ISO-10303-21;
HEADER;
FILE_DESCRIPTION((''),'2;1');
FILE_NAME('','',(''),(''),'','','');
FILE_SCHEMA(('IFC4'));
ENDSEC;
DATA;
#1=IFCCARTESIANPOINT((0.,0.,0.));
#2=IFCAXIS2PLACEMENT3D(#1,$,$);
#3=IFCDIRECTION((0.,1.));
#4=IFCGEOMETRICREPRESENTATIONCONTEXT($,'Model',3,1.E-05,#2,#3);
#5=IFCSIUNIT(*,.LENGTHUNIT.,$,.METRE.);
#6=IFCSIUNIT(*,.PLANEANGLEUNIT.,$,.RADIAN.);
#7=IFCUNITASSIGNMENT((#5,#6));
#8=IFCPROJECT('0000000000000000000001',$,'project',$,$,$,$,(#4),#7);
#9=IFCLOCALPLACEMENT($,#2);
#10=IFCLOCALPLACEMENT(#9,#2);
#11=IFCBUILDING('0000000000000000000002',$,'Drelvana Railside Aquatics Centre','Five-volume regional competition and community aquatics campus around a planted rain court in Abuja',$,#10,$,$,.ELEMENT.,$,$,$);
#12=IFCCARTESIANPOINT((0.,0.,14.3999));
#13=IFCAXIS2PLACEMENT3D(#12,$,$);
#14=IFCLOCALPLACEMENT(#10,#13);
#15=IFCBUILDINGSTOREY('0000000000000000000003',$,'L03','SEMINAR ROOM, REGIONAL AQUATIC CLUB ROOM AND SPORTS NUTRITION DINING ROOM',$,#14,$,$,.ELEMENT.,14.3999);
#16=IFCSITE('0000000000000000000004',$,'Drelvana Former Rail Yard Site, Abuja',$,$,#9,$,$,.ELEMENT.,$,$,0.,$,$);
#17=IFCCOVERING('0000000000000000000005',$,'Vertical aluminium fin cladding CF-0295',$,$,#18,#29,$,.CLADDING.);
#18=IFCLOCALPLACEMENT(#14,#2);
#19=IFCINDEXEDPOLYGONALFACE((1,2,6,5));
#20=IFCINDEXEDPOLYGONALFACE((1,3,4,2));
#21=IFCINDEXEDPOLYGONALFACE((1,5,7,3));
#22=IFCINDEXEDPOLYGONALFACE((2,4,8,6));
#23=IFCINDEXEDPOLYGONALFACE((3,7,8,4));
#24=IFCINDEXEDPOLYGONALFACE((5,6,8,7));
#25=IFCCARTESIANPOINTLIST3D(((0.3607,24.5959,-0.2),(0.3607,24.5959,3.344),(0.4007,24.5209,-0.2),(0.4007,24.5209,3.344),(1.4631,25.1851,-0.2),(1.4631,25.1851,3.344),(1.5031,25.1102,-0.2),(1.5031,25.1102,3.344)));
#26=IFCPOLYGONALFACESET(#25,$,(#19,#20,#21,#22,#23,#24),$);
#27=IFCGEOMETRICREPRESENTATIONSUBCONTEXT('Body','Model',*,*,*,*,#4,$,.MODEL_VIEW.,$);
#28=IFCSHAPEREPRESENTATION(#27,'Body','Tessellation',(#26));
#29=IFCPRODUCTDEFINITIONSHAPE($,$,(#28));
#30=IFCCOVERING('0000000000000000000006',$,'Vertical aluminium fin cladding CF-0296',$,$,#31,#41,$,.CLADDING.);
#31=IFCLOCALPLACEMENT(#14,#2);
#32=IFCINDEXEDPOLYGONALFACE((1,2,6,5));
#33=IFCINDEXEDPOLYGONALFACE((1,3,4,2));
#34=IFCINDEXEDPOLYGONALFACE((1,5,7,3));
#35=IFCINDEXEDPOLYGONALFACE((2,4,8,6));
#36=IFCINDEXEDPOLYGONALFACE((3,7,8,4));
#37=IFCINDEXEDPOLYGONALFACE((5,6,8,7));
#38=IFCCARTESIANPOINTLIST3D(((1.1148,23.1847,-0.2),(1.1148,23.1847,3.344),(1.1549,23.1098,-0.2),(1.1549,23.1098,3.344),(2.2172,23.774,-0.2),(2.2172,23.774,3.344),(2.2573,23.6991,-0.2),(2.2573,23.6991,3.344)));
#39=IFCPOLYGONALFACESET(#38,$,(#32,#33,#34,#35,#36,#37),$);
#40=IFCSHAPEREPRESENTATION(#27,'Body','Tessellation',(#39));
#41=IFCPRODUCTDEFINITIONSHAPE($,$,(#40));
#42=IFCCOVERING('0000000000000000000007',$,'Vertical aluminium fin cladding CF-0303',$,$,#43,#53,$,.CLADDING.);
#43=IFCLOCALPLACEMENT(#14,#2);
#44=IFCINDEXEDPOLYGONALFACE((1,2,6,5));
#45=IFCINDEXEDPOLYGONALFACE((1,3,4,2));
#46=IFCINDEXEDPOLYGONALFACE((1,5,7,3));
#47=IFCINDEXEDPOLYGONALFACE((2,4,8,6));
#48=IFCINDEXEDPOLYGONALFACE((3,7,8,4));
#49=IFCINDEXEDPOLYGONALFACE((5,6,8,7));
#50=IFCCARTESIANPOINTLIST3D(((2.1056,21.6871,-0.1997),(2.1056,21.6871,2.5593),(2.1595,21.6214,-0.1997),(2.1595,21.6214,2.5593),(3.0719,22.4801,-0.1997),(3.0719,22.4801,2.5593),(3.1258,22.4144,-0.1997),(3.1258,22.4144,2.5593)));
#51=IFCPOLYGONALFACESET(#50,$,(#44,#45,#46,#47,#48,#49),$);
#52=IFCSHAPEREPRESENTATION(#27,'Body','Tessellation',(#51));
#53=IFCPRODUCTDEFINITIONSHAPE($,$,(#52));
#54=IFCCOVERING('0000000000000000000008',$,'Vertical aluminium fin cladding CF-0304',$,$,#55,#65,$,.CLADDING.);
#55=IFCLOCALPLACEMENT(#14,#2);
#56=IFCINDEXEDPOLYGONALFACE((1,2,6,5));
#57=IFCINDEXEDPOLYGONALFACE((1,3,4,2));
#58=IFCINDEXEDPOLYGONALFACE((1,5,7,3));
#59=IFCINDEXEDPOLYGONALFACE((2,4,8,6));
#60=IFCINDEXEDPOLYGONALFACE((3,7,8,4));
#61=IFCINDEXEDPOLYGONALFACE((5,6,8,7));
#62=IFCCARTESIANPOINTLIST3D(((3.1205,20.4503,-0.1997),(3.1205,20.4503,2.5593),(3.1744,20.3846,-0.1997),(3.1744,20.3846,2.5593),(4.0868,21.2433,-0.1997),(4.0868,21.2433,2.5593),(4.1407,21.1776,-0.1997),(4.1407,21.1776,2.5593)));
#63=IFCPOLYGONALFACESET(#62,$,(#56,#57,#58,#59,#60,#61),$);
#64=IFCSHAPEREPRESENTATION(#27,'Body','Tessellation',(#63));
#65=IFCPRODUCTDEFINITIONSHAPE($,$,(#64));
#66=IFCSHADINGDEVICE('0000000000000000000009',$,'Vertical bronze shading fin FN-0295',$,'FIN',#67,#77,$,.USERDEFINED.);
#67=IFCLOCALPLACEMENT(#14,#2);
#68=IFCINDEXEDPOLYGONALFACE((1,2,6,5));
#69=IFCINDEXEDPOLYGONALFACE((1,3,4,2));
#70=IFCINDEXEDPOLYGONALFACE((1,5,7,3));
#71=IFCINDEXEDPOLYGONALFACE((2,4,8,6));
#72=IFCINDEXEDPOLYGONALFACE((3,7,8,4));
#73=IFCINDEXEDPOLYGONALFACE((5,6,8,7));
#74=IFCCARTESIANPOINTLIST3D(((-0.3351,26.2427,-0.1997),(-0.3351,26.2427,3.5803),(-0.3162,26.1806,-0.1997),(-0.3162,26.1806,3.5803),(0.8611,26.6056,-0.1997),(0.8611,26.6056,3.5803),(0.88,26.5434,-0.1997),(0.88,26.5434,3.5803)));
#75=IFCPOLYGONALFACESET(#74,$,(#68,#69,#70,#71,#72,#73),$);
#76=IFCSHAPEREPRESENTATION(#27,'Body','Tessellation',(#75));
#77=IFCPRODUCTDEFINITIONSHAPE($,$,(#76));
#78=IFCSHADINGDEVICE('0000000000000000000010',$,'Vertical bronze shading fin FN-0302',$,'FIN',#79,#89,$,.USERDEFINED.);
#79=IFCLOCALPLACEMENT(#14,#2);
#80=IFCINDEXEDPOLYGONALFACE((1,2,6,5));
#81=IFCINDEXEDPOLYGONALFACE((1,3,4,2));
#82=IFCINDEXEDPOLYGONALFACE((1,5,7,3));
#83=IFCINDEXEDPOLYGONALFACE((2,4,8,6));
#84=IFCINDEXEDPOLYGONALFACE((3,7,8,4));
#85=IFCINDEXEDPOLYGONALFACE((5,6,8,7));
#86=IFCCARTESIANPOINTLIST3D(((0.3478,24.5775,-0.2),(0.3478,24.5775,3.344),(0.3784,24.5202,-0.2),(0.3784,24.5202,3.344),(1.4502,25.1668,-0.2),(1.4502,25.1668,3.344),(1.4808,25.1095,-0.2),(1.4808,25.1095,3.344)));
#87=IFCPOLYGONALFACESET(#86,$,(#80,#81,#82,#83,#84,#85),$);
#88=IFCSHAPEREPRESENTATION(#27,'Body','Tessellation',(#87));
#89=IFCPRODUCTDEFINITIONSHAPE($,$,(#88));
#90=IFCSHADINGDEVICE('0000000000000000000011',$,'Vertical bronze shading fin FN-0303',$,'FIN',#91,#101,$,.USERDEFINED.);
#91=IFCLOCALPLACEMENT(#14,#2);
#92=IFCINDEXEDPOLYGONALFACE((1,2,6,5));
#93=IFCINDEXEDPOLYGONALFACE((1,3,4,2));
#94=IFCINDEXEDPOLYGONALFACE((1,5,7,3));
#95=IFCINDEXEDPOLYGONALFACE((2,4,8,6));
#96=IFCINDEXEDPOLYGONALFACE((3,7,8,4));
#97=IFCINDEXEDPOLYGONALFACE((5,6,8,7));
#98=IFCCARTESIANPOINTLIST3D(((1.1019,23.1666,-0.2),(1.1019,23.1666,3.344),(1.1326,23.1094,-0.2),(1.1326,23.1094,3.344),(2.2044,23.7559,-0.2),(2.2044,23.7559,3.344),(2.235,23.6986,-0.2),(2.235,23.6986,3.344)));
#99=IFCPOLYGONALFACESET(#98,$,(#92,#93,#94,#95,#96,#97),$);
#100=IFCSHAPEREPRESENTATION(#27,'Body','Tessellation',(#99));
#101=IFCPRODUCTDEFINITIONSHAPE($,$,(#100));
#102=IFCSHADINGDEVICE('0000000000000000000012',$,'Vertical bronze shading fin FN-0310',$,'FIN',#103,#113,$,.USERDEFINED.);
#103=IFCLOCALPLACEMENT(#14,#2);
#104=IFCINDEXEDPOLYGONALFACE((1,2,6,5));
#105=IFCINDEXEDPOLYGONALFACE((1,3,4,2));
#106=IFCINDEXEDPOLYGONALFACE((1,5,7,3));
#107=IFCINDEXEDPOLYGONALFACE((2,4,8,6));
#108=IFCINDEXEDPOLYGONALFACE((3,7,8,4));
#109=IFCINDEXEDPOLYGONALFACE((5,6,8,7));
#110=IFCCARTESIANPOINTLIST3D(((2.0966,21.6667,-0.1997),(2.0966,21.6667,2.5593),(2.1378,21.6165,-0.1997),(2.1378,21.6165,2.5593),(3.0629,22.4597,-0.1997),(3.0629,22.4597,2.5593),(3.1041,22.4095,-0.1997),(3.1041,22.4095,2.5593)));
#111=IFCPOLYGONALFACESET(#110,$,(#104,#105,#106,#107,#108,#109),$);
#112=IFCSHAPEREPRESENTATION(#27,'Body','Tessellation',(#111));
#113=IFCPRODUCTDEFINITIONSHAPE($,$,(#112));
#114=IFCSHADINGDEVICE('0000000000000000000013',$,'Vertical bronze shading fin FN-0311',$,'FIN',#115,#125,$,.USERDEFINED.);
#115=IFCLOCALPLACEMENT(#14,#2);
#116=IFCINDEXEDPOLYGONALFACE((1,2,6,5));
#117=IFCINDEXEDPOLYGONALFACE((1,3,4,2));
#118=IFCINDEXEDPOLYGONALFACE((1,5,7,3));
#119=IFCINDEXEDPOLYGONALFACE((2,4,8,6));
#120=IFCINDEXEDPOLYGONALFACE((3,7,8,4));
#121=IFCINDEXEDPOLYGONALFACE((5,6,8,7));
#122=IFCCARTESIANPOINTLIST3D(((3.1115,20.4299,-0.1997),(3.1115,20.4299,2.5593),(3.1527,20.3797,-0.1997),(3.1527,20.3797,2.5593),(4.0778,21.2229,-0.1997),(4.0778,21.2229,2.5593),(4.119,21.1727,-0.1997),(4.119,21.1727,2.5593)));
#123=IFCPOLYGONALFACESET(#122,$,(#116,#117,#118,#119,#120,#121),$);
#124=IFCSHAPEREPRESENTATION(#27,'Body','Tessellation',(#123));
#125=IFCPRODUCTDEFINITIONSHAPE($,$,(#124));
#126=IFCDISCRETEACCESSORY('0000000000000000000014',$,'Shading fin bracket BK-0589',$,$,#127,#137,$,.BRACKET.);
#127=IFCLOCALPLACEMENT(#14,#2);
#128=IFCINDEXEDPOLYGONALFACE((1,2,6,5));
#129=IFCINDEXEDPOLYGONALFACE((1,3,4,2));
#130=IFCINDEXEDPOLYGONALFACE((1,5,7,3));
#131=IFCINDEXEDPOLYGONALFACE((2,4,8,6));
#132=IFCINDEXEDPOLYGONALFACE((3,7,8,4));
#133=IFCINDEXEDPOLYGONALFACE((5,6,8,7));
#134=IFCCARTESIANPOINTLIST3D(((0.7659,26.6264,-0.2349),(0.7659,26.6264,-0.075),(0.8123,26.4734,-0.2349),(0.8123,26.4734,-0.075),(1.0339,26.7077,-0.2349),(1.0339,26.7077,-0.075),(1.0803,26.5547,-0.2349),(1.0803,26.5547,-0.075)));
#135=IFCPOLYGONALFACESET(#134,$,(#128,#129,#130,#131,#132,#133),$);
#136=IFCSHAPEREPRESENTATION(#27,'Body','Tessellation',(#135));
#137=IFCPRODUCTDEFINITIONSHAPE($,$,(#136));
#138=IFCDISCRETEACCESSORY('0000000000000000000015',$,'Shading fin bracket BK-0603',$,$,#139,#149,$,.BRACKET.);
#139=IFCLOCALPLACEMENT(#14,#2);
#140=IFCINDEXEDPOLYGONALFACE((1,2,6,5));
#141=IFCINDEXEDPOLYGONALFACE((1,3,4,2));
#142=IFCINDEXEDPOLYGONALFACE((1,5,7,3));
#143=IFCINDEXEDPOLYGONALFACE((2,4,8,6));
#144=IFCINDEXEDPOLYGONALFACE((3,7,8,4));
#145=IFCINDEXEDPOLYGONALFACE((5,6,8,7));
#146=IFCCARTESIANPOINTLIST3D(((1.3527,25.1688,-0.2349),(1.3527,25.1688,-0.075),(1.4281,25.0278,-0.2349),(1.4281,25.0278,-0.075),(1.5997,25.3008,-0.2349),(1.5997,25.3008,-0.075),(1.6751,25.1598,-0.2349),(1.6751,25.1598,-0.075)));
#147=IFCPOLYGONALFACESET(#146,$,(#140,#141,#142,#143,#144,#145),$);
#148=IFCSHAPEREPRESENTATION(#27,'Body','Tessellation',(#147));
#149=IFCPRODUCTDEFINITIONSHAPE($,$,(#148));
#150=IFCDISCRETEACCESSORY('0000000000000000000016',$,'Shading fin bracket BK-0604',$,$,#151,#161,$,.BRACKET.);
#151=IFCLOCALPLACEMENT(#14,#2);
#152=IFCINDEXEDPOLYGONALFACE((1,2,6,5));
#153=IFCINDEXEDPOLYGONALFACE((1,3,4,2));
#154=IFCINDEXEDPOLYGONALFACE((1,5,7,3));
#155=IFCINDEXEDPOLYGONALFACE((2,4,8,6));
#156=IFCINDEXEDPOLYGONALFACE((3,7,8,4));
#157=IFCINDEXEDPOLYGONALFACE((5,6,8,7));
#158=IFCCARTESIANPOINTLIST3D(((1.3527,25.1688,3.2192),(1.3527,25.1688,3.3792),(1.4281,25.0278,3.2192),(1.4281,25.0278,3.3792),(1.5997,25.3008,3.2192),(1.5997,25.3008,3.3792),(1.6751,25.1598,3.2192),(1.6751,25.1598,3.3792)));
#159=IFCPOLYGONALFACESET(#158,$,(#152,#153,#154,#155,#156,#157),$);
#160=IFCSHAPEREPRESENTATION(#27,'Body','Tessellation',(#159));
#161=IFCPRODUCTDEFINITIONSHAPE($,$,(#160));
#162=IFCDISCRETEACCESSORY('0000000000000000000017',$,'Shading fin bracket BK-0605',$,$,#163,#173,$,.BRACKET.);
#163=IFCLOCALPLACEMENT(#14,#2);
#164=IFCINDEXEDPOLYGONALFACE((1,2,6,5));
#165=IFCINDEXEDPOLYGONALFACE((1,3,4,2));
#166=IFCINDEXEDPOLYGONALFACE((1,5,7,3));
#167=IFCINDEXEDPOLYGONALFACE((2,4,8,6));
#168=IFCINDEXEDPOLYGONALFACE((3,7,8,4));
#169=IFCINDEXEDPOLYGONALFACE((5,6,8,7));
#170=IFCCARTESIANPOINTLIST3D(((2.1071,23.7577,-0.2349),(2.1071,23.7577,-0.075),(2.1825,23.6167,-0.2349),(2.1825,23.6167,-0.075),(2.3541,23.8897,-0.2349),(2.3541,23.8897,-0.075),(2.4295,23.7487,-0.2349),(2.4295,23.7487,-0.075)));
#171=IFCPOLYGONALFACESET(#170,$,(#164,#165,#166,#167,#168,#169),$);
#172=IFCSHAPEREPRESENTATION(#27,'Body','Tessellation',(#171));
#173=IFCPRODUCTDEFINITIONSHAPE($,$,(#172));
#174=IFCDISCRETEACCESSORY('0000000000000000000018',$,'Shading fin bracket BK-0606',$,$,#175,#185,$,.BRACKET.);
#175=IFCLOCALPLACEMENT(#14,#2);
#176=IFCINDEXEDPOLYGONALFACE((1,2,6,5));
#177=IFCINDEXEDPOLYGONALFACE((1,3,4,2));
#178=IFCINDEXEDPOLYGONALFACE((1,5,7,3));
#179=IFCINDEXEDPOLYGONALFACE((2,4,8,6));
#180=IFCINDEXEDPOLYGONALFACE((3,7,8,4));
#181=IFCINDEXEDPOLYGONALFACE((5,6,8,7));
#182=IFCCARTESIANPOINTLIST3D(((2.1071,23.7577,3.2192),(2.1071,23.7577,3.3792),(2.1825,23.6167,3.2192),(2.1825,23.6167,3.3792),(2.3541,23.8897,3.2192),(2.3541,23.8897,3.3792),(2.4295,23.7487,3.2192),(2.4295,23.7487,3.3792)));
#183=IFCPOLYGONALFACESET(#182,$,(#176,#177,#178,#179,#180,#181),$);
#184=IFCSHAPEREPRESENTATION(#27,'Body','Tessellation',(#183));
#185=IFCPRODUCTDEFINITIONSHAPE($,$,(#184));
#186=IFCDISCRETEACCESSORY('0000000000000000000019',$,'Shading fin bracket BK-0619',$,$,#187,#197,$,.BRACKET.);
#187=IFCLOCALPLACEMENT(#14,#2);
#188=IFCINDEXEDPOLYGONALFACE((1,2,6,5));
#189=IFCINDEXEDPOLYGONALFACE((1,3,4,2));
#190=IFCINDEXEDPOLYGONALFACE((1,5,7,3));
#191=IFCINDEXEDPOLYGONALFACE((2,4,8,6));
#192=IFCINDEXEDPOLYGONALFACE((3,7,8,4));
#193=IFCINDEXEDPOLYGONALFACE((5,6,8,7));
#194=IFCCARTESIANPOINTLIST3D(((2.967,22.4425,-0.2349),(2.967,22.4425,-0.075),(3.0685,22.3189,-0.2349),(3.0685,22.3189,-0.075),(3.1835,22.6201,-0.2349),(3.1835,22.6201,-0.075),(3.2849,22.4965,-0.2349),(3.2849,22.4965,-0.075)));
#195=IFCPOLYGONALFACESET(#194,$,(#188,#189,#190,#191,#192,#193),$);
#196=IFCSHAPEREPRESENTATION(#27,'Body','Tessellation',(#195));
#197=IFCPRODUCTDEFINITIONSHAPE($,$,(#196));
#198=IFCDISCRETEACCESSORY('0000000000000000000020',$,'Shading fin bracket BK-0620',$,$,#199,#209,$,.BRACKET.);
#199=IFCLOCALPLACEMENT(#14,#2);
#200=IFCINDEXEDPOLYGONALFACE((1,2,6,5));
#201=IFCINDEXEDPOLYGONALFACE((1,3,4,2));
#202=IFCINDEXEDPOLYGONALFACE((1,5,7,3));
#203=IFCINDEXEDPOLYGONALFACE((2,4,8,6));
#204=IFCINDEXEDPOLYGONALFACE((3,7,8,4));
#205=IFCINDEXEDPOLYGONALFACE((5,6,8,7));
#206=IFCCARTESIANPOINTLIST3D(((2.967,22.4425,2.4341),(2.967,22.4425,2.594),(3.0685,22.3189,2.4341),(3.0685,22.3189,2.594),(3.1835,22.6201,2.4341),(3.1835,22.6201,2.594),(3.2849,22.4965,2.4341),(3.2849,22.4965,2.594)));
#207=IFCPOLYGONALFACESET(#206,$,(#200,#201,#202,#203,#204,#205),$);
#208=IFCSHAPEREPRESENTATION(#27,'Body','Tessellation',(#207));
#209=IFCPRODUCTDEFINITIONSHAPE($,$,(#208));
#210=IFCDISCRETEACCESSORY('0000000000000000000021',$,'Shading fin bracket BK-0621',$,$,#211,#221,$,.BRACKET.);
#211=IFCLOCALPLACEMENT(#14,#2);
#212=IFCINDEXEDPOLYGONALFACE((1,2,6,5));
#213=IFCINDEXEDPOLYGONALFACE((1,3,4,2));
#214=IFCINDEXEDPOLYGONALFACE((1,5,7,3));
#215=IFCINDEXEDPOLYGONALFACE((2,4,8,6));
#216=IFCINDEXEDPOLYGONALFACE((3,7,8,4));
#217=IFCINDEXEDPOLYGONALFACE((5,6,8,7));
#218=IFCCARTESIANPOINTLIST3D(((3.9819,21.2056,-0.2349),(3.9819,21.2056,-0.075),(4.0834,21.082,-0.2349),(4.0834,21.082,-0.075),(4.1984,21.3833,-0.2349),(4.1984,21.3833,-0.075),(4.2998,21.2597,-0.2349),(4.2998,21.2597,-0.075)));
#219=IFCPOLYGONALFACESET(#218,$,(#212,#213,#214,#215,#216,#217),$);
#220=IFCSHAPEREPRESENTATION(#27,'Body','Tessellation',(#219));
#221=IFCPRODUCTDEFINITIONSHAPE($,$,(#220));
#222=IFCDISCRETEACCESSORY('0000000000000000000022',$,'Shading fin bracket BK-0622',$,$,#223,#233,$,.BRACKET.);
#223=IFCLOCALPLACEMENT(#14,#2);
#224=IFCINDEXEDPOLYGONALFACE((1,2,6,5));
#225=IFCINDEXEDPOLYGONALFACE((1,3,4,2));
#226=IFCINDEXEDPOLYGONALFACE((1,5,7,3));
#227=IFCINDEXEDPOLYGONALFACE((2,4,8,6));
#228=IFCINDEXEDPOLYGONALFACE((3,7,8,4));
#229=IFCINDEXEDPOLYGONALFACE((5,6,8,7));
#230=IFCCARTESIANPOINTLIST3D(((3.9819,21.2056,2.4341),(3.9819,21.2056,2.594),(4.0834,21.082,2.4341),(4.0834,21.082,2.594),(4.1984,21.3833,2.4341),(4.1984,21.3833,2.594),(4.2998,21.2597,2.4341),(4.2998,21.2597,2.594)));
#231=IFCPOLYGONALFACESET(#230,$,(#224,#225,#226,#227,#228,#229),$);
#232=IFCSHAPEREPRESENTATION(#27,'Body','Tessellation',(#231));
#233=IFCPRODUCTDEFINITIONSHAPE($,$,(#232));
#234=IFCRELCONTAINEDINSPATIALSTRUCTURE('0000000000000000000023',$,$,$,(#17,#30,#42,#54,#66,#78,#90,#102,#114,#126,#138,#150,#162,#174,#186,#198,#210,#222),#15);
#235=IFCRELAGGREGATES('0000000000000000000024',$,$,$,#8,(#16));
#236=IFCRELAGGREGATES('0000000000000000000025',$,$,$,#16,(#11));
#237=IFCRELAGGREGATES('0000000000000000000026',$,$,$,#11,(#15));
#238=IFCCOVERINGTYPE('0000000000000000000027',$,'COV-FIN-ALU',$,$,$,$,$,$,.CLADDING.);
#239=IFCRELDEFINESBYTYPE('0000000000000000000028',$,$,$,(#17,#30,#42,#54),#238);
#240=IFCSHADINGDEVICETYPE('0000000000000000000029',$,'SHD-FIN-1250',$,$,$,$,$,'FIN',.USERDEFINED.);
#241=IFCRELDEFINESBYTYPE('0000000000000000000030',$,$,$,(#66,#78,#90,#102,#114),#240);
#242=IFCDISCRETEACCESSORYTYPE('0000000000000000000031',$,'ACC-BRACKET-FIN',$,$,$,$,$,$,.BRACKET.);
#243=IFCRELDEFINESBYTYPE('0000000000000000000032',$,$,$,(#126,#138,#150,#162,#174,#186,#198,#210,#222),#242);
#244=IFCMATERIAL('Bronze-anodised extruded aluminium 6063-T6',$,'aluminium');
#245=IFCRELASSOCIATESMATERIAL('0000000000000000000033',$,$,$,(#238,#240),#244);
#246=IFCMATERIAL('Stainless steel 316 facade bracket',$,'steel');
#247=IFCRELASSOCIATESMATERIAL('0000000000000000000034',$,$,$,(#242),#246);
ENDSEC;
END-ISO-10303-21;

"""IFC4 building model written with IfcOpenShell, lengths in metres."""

from ifc_helpers import new_model, si_unit, direction, frame, origin, origin_2d, place, context, subcontext, project, spatial, rectangle, extrude, material, type_object, element, save


model = new_model("IFC4")

# Units and contexts
model_context = context("Model", 3, precision=1e-05, world=origin(), true_north=direction((0.0, 1.0)))
body_context = subcontext(model_context, "Body", "Model", "MODEL_VIEW")
ifc_project = project(units=[si_unit("LENGTHUNIT", "METRE"), si_unit("PLANEANGLEUNIT", "RADIAN")], contexts=[model_context])

# Site, building, storey
site_placement = place(None, origin())
site = spatial("IfcSite", under=ifc_project, at=site_placement, Name="Drelvana Former Rail Yard Site, Abuja", CompositionType="ELEMENT", RefElevation=0.0)
building_placement = place(site_placement, origin())
building = spatial("IfcBuilding", under=site, at=building_placement, Name="Drelvana Railside Aquatics Centre", Description="Five-volume regional competition and community aquatics campus around a planted rain court in Abuja", CompositionType="ELEMENT")
storey_placement = place(building_placement, frame((0.0, 0.0, 14.3999)))
storey = spatial("IfcBuildingStorey", under=building, at=storey_placement, Name="L03", Description="SEMINAR ROOM, REGIONAL AQUATIC CLUB ROOM AND SPORTS NUTRITION DINING ROOM", CompositionType="ELEMENT", Elevation=14.3999)

# Coverings
ifc_material_1 = material(Name="Bronze-anodised extruded aluminium 6063-T6", Category="aluminium")
covering_type = type_object("IfcCoveringType", Name="COV-FIN-ALU", PredefinedType="CLADDING", material=ifc_material_1)
for number, where, z_axis, x_axis, name in (
    (1, (0.9319, 24.853, -0.2), (0.0, 0.0, 1.0), (-0.471397, 0.881921, 0.0), "Vertical aluminium fin cladding CF-0295"),
    (2, (1.686, 23.4419, -0.2), (0.0, 0.0, 1.0), (-0.471397, 0.881921, 0.0), "Vertical aluminium fin cladding CF-0296"),
):
    element("IfcCovering", number, at=place(storey_placement, frame(where, z_axis=z_axis, x_axis=x_axis)), inside=storey, type_object=covering_type, Name=name, PredefinedType="CLADDING", context=body_context, shape_type="SweptSolid", body=[
        extrude(rectangle(XDim=0.085, YDim=1.25, at=origin_2d()), origin(), (0.0, 0.0, 1.0), 3.5439),
    ])
for number, where, z_axis, x_axis, name in (
    (3, (2.6157, 22.0508, -0.1997), (0.0, 0.0, 1.0), (-0.634393, 0.77301, 0.0), "Vertical aluminium fin cladding CF-0303"),
    (4, (3.6306, 20.814, -0.1997), (0.0, 0.0, 1.0), (-0.634393, 0.77301, 0.0), "Vertical aluminium fin cladding CF-0304"),
):
    element("IfcCovering", number, at=place(storey_placement, frame(where, z_axis=z_axis, x_axis=x_axis)), inside=storey, type_object=covering_type, Name=name, PredefinedType="CLADDING", context=body_context, shape_type="SweptSolid", body=[
        extrude(rectangle(XDim=0.085, YDim=1.25, at=origin_2d()), origin(), (0.0, 0.0, 1.0), 2.759),
    ])

# Shading devices
shading_device_type = type_object("IfcShadingDeviceType", Name="SHD-FIN-1250", ElementType="FIN", PredefinedType="USERDEFINED", material=ifc_material_1)
shading_device_placement = place(storey_placement, frame((0.2725, 26.3931, -0.1997), z_axis=(0.0, 0.0, 1.0), x_axis=(-0.95694, -0.290285, 0.0)))
element("IfcShadingDevice", 5, at=shading_device_placement, inside=storey, type_object=shading_device_type, Name="Vertical bronze shading fin FN-0295", ObjectType="FIN", PredefinedType="USERDEFINED", context=body_context, shape_type="SweptSolid", body=[
    extrude(rectangle(XDim=1.25, YDim=0.0649, at=origin_2d()), origin(), (0.0, 0.0, 1.0), 3.78),
])
for number, where, z_axis, x_axis, name in (
    (6, (0.9143, 24.8435, -0.2), (0.0, 0.0, 1.0), (-0.881921, -0.471397, 0.0), "Vertical bronze shading fin FN-0302"),
    (7, (1.6685, 23.4326, -0.2), (0.0, 0.0, 1.0), (-0.881921, -0.471397, 0.0), "Vertical bronze shading fin FN-0303"),
):
    element("IfcShadingDevice", number, at=place(storey_placement, frame(where, z_axis=z_axis, x_axis=x_axis)), inside=storey, type_object=shading_device_type, Name=name, ObjectType="FIN", PredefinedType="USERDEFINED", context=body_context, shape_type="SweptSolid", body=[
        extrude(rectangle(XDim=1.25, YDim=0.0649, at=origin_2d()), origin(), (0.0, 0.0, 1.0), 3.5439),
    ])
for number, where, z_axis, x_axis, name in (
    (8, (2.6003, 22.0381, -0.1997), (0.0, 0.0, 1.0), (-0.77301, -0.634393, 0.0), "Vertical bronze shading fin FN-0310"),
    (9, (3.6152, 20.8013, -0.1997), (0.0, 0.0, 1.0), (-0.77301, -0.634393, 0.0), "Vertical bronze shading fin FN-0311"),
):
    element("IfcShadingDevice", number, at=place(storey_placement, frame(where, z_axis=z_axis, x_axis=x_axis)), inside=storey, type_object=shading_device_type, Name=name, ObjectType="FIN", PredefinedType="USERDEFINED", context=body_context, shape_type="SweptSolid", body=[
        extrude(rectangle(XDim=1.25, YDim=0.0649, at=origin_2d()), origin(), (0.0, 0.0, 1.0), 2.759),
    ])

# Discrete accessories
ifc_material_2 = material(Name="Stainless steel 316 facade bracket", Category="steel")
discrete_accessory_type = type_object("IfcDiscreteAccessoryType", Name="ACC-BRACKET-FIN", PredefinedType="BRACKET", material=ifc_material_2)
for number, where, z_axis, x_axis, name in (
    (10, (0.9231, 26.5906, -0.2349), (0.0, 0.0, 1.0), (-0.95694, -0.290285, 0.0), "Shading fin bracket BK-0589"),
    (11, (1.5139, 25.1643, -0.2349), (0.0, 0.0, 1.0), (-0.881921, -0.471397, 0.0), "Shading fin bracket BK-0603"),
    (12, (1.5139, 25.1643, 3.2192), (0.0, 0.0, 1.0), (-0.881921, -0.471397, 0.0), "Shading fin bracket BK-0604"),
    (13, (2.2683, 23.7532, -0.2349), (0.0, 0.0, 1.0), (-0.881921, -0.471397, 0.0), "Shading fin bracket BK-0605"),
    (14, (2.2683, 23.7532, 3.2192), (0.0, 0.0, 1.0), (-0.881921, -0.471397, 0.0), "Shading fin bracket BK-0606"),
    (15, (3.126, 22.4695, -0.2349), (0.0, 0.0, 1.0), (-0.77301, -0.634393, 0.0), "Shading fin bracket BK-0619"),
    (16, (3.126, 22.4695, 2.4341), (0.0, 0.0, 1.0), (-0.77301, -0.634393, 0.0), "Shading fin bracket BK-0620"),
    (17, (4.1409, 21.2327, -0.2349), (0.0, 0.0, 1.0), (-0.77301, -0.634393, 0.0), "Shading fin bracket BK-0621"),
    (18, (4.1409, 21.2327, 2.4341), (0.0, 0.0, 1.0), (-0.77301, -0.634393, 0.0), "Shading fin bracket BK-0622"),
):
    element("IfcDiscreteAccessory", number, at=place(storey_placement, frame(where, z_axis=z_axis, x_axis=x_axis)), inside=storey, type_object=discrete_accessory_type, Name=name, PredefinedType="BRACKET", context=body_context, shape_type="SweptSolid", body=[
        extrude(rectangle(XDim=0.28, YDim=0.1599, at=origin_2d()), origin(), (0.0, 0.0, 1.0), 0.1599),
    ])

save(model, "model.ifc")
